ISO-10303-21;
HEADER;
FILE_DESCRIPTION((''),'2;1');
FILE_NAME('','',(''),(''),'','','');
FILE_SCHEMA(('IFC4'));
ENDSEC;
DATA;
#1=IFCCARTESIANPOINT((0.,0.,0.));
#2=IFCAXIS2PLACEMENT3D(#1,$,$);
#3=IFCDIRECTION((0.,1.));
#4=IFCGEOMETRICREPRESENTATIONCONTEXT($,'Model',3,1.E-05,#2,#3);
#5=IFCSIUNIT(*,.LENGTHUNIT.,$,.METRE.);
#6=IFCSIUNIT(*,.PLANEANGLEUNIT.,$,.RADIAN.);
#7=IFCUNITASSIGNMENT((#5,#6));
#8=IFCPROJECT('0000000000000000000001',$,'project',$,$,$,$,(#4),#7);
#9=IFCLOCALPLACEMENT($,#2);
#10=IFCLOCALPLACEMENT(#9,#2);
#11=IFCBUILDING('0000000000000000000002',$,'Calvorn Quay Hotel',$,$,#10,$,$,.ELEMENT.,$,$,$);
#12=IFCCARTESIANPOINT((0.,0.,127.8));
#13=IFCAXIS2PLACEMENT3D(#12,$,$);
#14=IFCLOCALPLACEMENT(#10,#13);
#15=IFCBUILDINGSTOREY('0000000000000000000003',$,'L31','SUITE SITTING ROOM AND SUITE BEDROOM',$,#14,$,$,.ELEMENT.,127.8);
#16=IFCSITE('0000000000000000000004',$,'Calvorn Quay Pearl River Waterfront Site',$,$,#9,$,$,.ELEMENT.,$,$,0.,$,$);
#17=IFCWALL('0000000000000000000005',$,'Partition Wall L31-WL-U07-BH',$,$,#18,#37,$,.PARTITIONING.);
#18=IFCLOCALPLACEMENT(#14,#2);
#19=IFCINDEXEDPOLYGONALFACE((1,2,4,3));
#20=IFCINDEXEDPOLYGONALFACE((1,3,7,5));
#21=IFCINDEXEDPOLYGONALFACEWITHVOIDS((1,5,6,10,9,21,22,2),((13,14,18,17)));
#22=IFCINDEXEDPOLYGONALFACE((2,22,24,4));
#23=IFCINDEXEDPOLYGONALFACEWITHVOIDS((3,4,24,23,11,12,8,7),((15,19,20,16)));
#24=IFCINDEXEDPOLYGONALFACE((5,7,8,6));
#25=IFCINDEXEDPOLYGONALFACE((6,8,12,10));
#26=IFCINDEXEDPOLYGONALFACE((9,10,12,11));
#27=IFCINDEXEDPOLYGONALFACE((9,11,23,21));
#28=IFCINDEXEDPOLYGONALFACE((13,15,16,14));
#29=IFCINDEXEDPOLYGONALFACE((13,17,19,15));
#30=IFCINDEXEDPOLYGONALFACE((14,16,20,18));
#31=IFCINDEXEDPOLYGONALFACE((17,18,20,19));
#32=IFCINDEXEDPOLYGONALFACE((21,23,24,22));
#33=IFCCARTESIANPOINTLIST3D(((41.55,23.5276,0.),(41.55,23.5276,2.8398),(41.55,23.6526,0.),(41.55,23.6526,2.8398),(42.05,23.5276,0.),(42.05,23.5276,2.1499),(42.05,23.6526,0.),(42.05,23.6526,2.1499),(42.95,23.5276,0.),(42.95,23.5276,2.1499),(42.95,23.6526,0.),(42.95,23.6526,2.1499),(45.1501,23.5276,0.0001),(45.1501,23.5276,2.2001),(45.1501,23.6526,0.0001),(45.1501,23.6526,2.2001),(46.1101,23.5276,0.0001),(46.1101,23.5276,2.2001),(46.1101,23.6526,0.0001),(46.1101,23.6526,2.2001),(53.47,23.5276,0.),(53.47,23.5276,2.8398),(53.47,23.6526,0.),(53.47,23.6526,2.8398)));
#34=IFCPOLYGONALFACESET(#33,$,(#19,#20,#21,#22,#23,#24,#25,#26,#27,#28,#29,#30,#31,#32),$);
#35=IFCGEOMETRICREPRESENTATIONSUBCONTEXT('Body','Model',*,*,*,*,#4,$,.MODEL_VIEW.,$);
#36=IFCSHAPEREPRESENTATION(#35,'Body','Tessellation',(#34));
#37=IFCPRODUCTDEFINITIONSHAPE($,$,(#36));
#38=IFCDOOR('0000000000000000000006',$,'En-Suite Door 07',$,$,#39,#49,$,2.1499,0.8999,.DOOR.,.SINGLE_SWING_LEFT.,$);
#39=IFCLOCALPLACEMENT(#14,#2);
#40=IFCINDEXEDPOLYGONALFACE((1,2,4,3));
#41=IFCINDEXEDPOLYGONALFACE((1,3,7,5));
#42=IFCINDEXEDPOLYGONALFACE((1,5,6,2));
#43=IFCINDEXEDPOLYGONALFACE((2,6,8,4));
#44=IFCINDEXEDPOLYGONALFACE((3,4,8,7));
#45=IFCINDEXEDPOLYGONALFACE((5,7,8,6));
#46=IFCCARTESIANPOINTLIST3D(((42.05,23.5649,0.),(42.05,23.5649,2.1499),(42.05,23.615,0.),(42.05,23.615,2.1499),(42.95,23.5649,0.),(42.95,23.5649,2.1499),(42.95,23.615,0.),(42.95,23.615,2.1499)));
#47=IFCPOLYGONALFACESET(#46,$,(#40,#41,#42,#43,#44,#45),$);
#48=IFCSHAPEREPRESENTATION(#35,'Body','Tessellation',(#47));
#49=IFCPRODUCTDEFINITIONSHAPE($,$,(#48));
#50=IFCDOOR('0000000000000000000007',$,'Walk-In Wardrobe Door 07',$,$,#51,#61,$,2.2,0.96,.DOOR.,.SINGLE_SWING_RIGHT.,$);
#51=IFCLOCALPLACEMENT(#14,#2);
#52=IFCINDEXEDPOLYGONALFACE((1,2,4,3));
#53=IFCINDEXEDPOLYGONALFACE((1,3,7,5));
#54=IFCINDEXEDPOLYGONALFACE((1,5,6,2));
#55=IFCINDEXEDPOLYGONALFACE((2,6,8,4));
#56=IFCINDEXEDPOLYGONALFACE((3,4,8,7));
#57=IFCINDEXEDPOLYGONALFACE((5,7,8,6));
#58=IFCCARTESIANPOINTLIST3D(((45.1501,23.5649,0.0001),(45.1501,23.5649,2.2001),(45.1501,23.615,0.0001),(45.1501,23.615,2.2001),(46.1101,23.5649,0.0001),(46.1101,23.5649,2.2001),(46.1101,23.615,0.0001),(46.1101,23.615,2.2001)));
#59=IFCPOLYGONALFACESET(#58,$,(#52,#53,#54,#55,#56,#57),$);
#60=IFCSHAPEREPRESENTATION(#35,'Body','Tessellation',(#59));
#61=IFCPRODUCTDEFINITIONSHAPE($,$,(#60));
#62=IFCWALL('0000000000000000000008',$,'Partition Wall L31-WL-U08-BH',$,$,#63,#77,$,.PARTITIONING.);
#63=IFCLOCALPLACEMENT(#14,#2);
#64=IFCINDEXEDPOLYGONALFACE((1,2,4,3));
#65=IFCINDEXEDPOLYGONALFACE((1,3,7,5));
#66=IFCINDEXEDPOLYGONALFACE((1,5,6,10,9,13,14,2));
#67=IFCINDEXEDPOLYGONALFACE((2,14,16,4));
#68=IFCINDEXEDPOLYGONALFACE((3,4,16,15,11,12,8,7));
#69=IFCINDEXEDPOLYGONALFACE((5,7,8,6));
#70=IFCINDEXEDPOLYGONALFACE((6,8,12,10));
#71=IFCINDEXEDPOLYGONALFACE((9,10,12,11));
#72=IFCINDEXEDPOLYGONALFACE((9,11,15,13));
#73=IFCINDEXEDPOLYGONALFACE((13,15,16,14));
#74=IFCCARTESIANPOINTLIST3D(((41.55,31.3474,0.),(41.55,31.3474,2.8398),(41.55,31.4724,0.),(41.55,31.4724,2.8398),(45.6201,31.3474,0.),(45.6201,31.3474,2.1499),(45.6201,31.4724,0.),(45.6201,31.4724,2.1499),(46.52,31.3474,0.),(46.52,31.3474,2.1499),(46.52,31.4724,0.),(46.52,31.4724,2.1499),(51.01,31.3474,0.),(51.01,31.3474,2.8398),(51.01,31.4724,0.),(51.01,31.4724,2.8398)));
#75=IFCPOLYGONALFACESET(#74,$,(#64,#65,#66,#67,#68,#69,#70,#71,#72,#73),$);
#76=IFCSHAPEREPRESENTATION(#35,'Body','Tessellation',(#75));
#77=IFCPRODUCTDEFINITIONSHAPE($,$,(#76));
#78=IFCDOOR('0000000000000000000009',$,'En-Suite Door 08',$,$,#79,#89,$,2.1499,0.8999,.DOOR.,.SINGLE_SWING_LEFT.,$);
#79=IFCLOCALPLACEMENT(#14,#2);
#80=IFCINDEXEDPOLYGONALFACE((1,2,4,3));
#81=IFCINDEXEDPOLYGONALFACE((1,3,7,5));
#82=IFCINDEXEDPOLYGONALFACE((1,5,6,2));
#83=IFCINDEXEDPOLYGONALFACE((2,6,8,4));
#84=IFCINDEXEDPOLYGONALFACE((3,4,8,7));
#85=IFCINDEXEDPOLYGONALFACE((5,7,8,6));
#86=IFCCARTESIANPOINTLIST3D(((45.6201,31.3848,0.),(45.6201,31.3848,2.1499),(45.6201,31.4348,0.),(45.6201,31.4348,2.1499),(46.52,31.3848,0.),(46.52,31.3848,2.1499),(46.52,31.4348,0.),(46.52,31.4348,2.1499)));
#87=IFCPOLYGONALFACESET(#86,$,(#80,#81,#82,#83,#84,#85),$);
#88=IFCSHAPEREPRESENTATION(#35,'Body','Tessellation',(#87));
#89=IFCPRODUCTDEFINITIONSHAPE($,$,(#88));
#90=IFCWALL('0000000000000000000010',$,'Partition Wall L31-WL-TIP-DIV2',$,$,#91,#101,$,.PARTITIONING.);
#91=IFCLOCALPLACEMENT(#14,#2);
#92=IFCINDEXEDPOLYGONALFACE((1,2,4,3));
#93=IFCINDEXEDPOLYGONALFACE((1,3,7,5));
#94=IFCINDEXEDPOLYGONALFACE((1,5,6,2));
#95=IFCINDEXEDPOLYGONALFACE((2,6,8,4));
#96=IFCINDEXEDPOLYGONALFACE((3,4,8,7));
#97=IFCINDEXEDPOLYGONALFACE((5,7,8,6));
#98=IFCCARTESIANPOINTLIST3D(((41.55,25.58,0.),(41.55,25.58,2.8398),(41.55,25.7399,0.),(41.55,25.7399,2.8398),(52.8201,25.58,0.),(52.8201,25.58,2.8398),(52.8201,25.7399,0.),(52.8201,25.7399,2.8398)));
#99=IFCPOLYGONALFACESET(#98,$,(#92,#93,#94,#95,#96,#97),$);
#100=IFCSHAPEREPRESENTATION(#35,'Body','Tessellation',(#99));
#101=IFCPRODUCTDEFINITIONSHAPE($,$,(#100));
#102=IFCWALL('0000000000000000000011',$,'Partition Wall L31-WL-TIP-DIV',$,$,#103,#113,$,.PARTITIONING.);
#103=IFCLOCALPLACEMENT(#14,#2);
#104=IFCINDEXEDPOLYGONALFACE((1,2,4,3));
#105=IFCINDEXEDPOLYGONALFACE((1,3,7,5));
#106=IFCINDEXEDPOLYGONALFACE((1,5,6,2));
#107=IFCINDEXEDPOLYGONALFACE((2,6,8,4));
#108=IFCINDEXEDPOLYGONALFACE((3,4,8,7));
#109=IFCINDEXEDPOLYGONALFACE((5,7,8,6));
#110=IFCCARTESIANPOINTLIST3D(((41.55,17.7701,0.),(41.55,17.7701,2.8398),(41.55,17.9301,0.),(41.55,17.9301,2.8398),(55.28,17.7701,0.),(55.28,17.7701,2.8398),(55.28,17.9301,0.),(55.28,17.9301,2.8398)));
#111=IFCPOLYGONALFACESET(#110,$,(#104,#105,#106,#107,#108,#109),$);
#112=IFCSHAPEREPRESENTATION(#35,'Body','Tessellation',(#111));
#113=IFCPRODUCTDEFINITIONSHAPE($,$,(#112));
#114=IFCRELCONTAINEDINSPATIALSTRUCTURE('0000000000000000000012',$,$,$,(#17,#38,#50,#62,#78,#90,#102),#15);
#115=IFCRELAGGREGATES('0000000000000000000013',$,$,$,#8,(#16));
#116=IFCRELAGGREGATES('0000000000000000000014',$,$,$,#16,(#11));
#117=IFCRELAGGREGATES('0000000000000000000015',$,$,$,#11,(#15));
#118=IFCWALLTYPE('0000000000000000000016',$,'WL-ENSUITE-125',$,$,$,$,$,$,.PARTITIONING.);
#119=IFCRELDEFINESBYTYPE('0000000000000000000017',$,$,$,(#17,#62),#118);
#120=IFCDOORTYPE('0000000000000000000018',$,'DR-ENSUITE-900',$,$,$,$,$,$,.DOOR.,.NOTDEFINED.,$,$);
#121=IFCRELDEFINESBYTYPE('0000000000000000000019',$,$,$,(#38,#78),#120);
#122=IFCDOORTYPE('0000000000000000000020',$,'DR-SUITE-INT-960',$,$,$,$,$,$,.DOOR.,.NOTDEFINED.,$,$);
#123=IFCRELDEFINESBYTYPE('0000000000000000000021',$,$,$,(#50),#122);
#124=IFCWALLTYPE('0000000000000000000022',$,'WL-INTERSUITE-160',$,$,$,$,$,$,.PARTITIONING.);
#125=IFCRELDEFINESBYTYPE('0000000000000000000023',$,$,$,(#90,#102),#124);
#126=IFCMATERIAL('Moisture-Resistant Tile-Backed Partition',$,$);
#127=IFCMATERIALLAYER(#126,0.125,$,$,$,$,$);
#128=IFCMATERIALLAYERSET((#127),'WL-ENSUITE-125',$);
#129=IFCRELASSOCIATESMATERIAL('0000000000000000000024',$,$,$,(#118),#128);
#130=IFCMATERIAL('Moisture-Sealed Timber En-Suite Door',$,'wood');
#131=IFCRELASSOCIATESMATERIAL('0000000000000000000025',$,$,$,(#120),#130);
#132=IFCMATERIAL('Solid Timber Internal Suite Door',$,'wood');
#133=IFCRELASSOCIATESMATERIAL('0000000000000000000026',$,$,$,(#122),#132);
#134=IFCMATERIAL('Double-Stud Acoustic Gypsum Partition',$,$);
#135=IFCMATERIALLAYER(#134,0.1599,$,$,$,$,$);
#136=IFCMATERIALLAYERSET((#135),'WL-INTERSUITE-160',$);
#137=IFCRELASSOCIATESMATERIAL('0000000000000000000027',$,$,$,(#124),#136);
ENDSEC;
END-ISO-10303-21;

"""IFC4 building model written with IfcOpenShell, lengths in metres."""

from ifc_helpers import new_model, si_unit, direction, frame, frame_2d, origin, place, context, subcontext, project, spatial, rectangle, extrude, material, layer, layer_set, type_object, element, fill, save


model = new_model("IFC4")

# Units and contexts
model_context = context("Model", 3, precision=1e-05, world=origin(), true_north=direction((0.0, 1.0)))
body_context = subcontext(model_context, "Body", "Model", "MODEL_VIEW")
ifc_project = project(units=[si_unit("LENGTHUNIT", "METRE"), si_unit("PLANEANGLEUNIT", "RADIAN")], contexts=[model_context])

# Site, building, storey
site_placement = place(None, origin())
site = spatial("IfcSite", under=ifc_project, at=site_placement, Name="Calvorn Quay Pearl River Waterfront Site", CompositionType="ELEMENT", RefElevation=0.0)
building_placement = place(site_placement, origin())
building = spatial("IfcBuilding", under=site, at=building_placement, Name="Calvorn Quay Hotel", CompositionType="ELEMENT")
storey_placement = place(building_placement, frame((0.0, 0.0, 127.8)))
storey = spatial("IfcBuildingStorey", under=building, at=storey_placement, Name="L31", Description="SUITE SITTING ROOM AND SUITE BEDROOM", CompositionType="ELEMENT", Elevation=127.8)

# Shared definitions
ifc_material_1 = material(Name="Moisture-Resistant Tile-Backed Partition")
ifc_layer_1 = layer(ifc_material_1, 0.125)
ifc_layer_set_1 = layer_set([ifc_layer_1], Name="WL-ENSUITE-125")
wall_type_1 = type_object("IfcWallType", Name="WL-ENSUITE-125", PredefinedType="PARTITIONING", material=ifc_layer_set_1)

# Wall, openings, doors
wall_1_placement = place(storey_placement, frame((41.55, 23.5901, 0.0), z_axis=(0.0, 0.0, 1.0), x_axis=(1.0, 0.0, 0.0)))
wall_1 = element("IfcWall", 1, at=wall_1_placement, inside=storey, type_object=wall_type_1, Name="Partition Wall L31-WL-U07-BH", PredefinedType="PARTITIONING", context=body_context, shape_type="SweptSolid", body=[
    extrude(rectangle(XDim=11.9199, YDim=0.125, at=frame_2d((5.96, 0.0))), origin(), (0.0, 0.0, 1.0), 2.8398),
])
opening_1_placement = place(wall_1_placement, frame((0.5, 0.0, 0.0)))
opening_1 = element("IfcOpeningElement", 2, at=opening_1_placement, cuts=wall_1, PredefinedType="OPENING", context=body_context, shape_type="SweptSolid", body=[
    extrude(rectangle(XDim=0.8999, YDim=2.1499, at=frame_2d((0.45, 1.075))), frame((0.0, 0.0725, 0.0), z_axis=(0.0, -1.0, 0.0), x_axis=(1.0, 0.0, 0.0)), (0.0, 0.0, 1.0), 0.145),
])
opening_2_placement = place(wall_1_placement, frame((3.6001, 0.0, 0.0)))
opening_2 = element("IfcOpeningElement", 3, at=opening_2_placement, cuts=wall_1, PredefinedType="OPENING", context=body_context, shape_type="SweptSolid", body=[
    extrude(rectangle(XDim=0.96, YDim=2.2, at=frame_2d((0.48, 1.1001))), frame((0.0, 0.0725, 0.0), z_axis=(0.0, -1.0, 0.0), x_axis=(1.0, 0.0, 0.0)), (0.0, 0.0, 1.0), 0.145),
])
ifc_material_2 = material(Name="Moisture-Sealed Timber En-Suite Door", Category="wood")
door_type_1 = type_object("IfcDoorType", Name="DR-ENSUITE-900", OperationType="NOTDEFINED", PredefinedType="DOOR", material=ifc_material_2)
door_1_placement = place(opening_1_placement, origin())
door_1 = element("IfcDoor", 4, at=door_1_placement, inside=storey, type_object=door_type_1, Name="En-Suite Door 07", OperationType="SINGLE_SWING_LEFT", OverallHeight=2.1499, OverallWidth=0.8999, PredefinedType="DOOR", context=body_context, shape_type="SweptSolid", body=[
    extrude(rectangle(XDim=0.8999, YDim=2.1499, at=frame_2d((0.45, 1.075))), frame((0.0, 0.0249, 0.0), z_axis=(0.0, -1.0, 0.0), x_axis=(1.0, 0.0, 0.0)), (0.0, 0.0, 1.0), 0.05),
])
fill(opening_1, door_1)
ifc_material_3 = material(Name="Solid Timber Internal Suite Door", Category="wood")
door_type_2 = type_object("IfcDoorType", Name="DR-SUITE-INT-960", OperationType="NOTDEFINED", PredefinedType="DOOR", material=ifc_material_3)
door_2_placement = place(opening_2_placement, origin())
door_2 = element("IfcDoor", 5, at=door_2_placement, inside=storey, type_object=door_type_2, Name="Walk-In Wardrobe Door 07", OperationType="SINGLE_SWING_RIGHT", OverallHeight=2.2, OverallWidth=0.96, PredefinedType="DOOR", context=body_context, shape_type="SweptSolid", body=[
    extrude(rectangle(XDim=0.96, YDim=2.2, at=frame_2d((0.48, 1.1001))), frame((0.0, 0.0249, 0.0), z_axis=(0.0, -1.0, 0.0), x_axis=(1.0, 0.0, 0.0)), (0.0, 0.0, 1.0), 0.05),
])
fill(opening_2, door_2)

# Wall, opening, door
wall_2_placement = place(storey_placement, frame((41.55, 31.4099, 0.0), z_axis=(0.0, 0.0, 1.0), x_axis=(1.0, 0.0, 0.0)))
wall_2 = element("IfcWall", 6, at=wall_2_placement, inside=storey, type_object=wall_type_1, Name="Partition Wall L31-WL-U08-BH", PredefinedType="PARTITIONING", context=body_context, shape_type="SweptSolid", body=[
    extrude(rectangle(XDim=9.46, YDim=0.125, at=frame_2d((4.73, 0.0))), origin(), (0.0, 0.0, 1.0), 2.8398),
])
opening_3_placement = place(wall_2_placement, frame((4.0701, 0.0, 0.0)))
opening_3 = element("IfcOpeningElement", 7, at=opening_3_placement, cuts=wall_2, PredefinedType="OPENING", context=body_context, shape_type="SweptSolid", body=[
    extrude(rectangle(XDim=0.8999, YDim=2.1499, at=frame_2d((0.45, 1.075))), frame((0.0, 0.0725, 0.0), z_axis=(0.0, -1.0, 0.0), x_axis=(1.0, 0.0, 0.0)), (0.0, 0.0, 1.0), 0.145),
])
door_3_placement = place(opening_3_placement, origin())
door_3 = element("IfcDoor", 8, at=door_3_placement, inside=storey, type_object=door_type_1, Name="En-Suite Door 08", OperationType="SINGLE_SWING_LEFT", OverallHeight=2.1499, OverallWidth=0.8999, PredefinedType="DOOR", context=body_context, shape_type="SweptSolid", body=[
    extrude(rectangle(XDim=0.8999, YDim=2.1499, at=frame_2d((0.45, 1.075))), frame((0.0, 0.0249, 0.0), z_axis=(0.0, -1.0, 0.0), x_axis=(1.0, 0.0, 0.0)), (0.0, 0.0, 1.0), 0.05),
])
fill(opening_3, door_3)

# Walls
ifc_material_4 = material(Name="Double-Stud Acoustic Gypsum Partition")
ifc_layer_2 = layer(ifc_material_4, 0.1599)
ifc_layer_set_2 = layer_set([ifc_layer_2], Name="WL-INTERSUITE-160")
wall_type_2 = type_object("IfcWallType", Name="WL-INTERSUITE-160", PredefinedType="PARTITIONING", material=ifc_layer_set_2)
wall_3_placement = place(storey_placement, frame((41.55, 25.6599, 0.0), z_axis=(0.0, 0.0, 1.0), x_axis=(1.0, 0.0, 0.0)))
element("IfcWall", 9, at=wall_3_placement, inside=storey, type_object=wall_type_2, Name="Partition Wall L31-WL-TIP-DIV2", PredefinedType="PARTITIONING", context=body_context, shape_type="SweptSolid", body=[
    extrude(rectangle(XDim=11.27, YDim=0.1599, at=frame_2d((5.635, 0.0))), origin(), (0.0, 0.0, 1.0), 2.8398),
])
wall_4_placement = place(storey_placement, frame((41.55, 17.8501, 0.0), z_axis=(0.0, 0.0, 1.0), x_axis=(1.0, 0.0, 0.0)))
element("IfcWall", 10, at=wall_4_placement, inside=storey, type_object=wall_type_2, Name="Partition Wall L31-WL-TIP-DIV", PredefinedType="PARTITIONING", context=body_context, shape_type="SweptSolid", body=[
    extrude(rectangle(XDim=13.73, YDim=0.1599, at=frame_2d((6.865, 0.0))), origin(), (0.0, 0.0, 1.0), 2.8398),
])

save(model, "model.ifc")
